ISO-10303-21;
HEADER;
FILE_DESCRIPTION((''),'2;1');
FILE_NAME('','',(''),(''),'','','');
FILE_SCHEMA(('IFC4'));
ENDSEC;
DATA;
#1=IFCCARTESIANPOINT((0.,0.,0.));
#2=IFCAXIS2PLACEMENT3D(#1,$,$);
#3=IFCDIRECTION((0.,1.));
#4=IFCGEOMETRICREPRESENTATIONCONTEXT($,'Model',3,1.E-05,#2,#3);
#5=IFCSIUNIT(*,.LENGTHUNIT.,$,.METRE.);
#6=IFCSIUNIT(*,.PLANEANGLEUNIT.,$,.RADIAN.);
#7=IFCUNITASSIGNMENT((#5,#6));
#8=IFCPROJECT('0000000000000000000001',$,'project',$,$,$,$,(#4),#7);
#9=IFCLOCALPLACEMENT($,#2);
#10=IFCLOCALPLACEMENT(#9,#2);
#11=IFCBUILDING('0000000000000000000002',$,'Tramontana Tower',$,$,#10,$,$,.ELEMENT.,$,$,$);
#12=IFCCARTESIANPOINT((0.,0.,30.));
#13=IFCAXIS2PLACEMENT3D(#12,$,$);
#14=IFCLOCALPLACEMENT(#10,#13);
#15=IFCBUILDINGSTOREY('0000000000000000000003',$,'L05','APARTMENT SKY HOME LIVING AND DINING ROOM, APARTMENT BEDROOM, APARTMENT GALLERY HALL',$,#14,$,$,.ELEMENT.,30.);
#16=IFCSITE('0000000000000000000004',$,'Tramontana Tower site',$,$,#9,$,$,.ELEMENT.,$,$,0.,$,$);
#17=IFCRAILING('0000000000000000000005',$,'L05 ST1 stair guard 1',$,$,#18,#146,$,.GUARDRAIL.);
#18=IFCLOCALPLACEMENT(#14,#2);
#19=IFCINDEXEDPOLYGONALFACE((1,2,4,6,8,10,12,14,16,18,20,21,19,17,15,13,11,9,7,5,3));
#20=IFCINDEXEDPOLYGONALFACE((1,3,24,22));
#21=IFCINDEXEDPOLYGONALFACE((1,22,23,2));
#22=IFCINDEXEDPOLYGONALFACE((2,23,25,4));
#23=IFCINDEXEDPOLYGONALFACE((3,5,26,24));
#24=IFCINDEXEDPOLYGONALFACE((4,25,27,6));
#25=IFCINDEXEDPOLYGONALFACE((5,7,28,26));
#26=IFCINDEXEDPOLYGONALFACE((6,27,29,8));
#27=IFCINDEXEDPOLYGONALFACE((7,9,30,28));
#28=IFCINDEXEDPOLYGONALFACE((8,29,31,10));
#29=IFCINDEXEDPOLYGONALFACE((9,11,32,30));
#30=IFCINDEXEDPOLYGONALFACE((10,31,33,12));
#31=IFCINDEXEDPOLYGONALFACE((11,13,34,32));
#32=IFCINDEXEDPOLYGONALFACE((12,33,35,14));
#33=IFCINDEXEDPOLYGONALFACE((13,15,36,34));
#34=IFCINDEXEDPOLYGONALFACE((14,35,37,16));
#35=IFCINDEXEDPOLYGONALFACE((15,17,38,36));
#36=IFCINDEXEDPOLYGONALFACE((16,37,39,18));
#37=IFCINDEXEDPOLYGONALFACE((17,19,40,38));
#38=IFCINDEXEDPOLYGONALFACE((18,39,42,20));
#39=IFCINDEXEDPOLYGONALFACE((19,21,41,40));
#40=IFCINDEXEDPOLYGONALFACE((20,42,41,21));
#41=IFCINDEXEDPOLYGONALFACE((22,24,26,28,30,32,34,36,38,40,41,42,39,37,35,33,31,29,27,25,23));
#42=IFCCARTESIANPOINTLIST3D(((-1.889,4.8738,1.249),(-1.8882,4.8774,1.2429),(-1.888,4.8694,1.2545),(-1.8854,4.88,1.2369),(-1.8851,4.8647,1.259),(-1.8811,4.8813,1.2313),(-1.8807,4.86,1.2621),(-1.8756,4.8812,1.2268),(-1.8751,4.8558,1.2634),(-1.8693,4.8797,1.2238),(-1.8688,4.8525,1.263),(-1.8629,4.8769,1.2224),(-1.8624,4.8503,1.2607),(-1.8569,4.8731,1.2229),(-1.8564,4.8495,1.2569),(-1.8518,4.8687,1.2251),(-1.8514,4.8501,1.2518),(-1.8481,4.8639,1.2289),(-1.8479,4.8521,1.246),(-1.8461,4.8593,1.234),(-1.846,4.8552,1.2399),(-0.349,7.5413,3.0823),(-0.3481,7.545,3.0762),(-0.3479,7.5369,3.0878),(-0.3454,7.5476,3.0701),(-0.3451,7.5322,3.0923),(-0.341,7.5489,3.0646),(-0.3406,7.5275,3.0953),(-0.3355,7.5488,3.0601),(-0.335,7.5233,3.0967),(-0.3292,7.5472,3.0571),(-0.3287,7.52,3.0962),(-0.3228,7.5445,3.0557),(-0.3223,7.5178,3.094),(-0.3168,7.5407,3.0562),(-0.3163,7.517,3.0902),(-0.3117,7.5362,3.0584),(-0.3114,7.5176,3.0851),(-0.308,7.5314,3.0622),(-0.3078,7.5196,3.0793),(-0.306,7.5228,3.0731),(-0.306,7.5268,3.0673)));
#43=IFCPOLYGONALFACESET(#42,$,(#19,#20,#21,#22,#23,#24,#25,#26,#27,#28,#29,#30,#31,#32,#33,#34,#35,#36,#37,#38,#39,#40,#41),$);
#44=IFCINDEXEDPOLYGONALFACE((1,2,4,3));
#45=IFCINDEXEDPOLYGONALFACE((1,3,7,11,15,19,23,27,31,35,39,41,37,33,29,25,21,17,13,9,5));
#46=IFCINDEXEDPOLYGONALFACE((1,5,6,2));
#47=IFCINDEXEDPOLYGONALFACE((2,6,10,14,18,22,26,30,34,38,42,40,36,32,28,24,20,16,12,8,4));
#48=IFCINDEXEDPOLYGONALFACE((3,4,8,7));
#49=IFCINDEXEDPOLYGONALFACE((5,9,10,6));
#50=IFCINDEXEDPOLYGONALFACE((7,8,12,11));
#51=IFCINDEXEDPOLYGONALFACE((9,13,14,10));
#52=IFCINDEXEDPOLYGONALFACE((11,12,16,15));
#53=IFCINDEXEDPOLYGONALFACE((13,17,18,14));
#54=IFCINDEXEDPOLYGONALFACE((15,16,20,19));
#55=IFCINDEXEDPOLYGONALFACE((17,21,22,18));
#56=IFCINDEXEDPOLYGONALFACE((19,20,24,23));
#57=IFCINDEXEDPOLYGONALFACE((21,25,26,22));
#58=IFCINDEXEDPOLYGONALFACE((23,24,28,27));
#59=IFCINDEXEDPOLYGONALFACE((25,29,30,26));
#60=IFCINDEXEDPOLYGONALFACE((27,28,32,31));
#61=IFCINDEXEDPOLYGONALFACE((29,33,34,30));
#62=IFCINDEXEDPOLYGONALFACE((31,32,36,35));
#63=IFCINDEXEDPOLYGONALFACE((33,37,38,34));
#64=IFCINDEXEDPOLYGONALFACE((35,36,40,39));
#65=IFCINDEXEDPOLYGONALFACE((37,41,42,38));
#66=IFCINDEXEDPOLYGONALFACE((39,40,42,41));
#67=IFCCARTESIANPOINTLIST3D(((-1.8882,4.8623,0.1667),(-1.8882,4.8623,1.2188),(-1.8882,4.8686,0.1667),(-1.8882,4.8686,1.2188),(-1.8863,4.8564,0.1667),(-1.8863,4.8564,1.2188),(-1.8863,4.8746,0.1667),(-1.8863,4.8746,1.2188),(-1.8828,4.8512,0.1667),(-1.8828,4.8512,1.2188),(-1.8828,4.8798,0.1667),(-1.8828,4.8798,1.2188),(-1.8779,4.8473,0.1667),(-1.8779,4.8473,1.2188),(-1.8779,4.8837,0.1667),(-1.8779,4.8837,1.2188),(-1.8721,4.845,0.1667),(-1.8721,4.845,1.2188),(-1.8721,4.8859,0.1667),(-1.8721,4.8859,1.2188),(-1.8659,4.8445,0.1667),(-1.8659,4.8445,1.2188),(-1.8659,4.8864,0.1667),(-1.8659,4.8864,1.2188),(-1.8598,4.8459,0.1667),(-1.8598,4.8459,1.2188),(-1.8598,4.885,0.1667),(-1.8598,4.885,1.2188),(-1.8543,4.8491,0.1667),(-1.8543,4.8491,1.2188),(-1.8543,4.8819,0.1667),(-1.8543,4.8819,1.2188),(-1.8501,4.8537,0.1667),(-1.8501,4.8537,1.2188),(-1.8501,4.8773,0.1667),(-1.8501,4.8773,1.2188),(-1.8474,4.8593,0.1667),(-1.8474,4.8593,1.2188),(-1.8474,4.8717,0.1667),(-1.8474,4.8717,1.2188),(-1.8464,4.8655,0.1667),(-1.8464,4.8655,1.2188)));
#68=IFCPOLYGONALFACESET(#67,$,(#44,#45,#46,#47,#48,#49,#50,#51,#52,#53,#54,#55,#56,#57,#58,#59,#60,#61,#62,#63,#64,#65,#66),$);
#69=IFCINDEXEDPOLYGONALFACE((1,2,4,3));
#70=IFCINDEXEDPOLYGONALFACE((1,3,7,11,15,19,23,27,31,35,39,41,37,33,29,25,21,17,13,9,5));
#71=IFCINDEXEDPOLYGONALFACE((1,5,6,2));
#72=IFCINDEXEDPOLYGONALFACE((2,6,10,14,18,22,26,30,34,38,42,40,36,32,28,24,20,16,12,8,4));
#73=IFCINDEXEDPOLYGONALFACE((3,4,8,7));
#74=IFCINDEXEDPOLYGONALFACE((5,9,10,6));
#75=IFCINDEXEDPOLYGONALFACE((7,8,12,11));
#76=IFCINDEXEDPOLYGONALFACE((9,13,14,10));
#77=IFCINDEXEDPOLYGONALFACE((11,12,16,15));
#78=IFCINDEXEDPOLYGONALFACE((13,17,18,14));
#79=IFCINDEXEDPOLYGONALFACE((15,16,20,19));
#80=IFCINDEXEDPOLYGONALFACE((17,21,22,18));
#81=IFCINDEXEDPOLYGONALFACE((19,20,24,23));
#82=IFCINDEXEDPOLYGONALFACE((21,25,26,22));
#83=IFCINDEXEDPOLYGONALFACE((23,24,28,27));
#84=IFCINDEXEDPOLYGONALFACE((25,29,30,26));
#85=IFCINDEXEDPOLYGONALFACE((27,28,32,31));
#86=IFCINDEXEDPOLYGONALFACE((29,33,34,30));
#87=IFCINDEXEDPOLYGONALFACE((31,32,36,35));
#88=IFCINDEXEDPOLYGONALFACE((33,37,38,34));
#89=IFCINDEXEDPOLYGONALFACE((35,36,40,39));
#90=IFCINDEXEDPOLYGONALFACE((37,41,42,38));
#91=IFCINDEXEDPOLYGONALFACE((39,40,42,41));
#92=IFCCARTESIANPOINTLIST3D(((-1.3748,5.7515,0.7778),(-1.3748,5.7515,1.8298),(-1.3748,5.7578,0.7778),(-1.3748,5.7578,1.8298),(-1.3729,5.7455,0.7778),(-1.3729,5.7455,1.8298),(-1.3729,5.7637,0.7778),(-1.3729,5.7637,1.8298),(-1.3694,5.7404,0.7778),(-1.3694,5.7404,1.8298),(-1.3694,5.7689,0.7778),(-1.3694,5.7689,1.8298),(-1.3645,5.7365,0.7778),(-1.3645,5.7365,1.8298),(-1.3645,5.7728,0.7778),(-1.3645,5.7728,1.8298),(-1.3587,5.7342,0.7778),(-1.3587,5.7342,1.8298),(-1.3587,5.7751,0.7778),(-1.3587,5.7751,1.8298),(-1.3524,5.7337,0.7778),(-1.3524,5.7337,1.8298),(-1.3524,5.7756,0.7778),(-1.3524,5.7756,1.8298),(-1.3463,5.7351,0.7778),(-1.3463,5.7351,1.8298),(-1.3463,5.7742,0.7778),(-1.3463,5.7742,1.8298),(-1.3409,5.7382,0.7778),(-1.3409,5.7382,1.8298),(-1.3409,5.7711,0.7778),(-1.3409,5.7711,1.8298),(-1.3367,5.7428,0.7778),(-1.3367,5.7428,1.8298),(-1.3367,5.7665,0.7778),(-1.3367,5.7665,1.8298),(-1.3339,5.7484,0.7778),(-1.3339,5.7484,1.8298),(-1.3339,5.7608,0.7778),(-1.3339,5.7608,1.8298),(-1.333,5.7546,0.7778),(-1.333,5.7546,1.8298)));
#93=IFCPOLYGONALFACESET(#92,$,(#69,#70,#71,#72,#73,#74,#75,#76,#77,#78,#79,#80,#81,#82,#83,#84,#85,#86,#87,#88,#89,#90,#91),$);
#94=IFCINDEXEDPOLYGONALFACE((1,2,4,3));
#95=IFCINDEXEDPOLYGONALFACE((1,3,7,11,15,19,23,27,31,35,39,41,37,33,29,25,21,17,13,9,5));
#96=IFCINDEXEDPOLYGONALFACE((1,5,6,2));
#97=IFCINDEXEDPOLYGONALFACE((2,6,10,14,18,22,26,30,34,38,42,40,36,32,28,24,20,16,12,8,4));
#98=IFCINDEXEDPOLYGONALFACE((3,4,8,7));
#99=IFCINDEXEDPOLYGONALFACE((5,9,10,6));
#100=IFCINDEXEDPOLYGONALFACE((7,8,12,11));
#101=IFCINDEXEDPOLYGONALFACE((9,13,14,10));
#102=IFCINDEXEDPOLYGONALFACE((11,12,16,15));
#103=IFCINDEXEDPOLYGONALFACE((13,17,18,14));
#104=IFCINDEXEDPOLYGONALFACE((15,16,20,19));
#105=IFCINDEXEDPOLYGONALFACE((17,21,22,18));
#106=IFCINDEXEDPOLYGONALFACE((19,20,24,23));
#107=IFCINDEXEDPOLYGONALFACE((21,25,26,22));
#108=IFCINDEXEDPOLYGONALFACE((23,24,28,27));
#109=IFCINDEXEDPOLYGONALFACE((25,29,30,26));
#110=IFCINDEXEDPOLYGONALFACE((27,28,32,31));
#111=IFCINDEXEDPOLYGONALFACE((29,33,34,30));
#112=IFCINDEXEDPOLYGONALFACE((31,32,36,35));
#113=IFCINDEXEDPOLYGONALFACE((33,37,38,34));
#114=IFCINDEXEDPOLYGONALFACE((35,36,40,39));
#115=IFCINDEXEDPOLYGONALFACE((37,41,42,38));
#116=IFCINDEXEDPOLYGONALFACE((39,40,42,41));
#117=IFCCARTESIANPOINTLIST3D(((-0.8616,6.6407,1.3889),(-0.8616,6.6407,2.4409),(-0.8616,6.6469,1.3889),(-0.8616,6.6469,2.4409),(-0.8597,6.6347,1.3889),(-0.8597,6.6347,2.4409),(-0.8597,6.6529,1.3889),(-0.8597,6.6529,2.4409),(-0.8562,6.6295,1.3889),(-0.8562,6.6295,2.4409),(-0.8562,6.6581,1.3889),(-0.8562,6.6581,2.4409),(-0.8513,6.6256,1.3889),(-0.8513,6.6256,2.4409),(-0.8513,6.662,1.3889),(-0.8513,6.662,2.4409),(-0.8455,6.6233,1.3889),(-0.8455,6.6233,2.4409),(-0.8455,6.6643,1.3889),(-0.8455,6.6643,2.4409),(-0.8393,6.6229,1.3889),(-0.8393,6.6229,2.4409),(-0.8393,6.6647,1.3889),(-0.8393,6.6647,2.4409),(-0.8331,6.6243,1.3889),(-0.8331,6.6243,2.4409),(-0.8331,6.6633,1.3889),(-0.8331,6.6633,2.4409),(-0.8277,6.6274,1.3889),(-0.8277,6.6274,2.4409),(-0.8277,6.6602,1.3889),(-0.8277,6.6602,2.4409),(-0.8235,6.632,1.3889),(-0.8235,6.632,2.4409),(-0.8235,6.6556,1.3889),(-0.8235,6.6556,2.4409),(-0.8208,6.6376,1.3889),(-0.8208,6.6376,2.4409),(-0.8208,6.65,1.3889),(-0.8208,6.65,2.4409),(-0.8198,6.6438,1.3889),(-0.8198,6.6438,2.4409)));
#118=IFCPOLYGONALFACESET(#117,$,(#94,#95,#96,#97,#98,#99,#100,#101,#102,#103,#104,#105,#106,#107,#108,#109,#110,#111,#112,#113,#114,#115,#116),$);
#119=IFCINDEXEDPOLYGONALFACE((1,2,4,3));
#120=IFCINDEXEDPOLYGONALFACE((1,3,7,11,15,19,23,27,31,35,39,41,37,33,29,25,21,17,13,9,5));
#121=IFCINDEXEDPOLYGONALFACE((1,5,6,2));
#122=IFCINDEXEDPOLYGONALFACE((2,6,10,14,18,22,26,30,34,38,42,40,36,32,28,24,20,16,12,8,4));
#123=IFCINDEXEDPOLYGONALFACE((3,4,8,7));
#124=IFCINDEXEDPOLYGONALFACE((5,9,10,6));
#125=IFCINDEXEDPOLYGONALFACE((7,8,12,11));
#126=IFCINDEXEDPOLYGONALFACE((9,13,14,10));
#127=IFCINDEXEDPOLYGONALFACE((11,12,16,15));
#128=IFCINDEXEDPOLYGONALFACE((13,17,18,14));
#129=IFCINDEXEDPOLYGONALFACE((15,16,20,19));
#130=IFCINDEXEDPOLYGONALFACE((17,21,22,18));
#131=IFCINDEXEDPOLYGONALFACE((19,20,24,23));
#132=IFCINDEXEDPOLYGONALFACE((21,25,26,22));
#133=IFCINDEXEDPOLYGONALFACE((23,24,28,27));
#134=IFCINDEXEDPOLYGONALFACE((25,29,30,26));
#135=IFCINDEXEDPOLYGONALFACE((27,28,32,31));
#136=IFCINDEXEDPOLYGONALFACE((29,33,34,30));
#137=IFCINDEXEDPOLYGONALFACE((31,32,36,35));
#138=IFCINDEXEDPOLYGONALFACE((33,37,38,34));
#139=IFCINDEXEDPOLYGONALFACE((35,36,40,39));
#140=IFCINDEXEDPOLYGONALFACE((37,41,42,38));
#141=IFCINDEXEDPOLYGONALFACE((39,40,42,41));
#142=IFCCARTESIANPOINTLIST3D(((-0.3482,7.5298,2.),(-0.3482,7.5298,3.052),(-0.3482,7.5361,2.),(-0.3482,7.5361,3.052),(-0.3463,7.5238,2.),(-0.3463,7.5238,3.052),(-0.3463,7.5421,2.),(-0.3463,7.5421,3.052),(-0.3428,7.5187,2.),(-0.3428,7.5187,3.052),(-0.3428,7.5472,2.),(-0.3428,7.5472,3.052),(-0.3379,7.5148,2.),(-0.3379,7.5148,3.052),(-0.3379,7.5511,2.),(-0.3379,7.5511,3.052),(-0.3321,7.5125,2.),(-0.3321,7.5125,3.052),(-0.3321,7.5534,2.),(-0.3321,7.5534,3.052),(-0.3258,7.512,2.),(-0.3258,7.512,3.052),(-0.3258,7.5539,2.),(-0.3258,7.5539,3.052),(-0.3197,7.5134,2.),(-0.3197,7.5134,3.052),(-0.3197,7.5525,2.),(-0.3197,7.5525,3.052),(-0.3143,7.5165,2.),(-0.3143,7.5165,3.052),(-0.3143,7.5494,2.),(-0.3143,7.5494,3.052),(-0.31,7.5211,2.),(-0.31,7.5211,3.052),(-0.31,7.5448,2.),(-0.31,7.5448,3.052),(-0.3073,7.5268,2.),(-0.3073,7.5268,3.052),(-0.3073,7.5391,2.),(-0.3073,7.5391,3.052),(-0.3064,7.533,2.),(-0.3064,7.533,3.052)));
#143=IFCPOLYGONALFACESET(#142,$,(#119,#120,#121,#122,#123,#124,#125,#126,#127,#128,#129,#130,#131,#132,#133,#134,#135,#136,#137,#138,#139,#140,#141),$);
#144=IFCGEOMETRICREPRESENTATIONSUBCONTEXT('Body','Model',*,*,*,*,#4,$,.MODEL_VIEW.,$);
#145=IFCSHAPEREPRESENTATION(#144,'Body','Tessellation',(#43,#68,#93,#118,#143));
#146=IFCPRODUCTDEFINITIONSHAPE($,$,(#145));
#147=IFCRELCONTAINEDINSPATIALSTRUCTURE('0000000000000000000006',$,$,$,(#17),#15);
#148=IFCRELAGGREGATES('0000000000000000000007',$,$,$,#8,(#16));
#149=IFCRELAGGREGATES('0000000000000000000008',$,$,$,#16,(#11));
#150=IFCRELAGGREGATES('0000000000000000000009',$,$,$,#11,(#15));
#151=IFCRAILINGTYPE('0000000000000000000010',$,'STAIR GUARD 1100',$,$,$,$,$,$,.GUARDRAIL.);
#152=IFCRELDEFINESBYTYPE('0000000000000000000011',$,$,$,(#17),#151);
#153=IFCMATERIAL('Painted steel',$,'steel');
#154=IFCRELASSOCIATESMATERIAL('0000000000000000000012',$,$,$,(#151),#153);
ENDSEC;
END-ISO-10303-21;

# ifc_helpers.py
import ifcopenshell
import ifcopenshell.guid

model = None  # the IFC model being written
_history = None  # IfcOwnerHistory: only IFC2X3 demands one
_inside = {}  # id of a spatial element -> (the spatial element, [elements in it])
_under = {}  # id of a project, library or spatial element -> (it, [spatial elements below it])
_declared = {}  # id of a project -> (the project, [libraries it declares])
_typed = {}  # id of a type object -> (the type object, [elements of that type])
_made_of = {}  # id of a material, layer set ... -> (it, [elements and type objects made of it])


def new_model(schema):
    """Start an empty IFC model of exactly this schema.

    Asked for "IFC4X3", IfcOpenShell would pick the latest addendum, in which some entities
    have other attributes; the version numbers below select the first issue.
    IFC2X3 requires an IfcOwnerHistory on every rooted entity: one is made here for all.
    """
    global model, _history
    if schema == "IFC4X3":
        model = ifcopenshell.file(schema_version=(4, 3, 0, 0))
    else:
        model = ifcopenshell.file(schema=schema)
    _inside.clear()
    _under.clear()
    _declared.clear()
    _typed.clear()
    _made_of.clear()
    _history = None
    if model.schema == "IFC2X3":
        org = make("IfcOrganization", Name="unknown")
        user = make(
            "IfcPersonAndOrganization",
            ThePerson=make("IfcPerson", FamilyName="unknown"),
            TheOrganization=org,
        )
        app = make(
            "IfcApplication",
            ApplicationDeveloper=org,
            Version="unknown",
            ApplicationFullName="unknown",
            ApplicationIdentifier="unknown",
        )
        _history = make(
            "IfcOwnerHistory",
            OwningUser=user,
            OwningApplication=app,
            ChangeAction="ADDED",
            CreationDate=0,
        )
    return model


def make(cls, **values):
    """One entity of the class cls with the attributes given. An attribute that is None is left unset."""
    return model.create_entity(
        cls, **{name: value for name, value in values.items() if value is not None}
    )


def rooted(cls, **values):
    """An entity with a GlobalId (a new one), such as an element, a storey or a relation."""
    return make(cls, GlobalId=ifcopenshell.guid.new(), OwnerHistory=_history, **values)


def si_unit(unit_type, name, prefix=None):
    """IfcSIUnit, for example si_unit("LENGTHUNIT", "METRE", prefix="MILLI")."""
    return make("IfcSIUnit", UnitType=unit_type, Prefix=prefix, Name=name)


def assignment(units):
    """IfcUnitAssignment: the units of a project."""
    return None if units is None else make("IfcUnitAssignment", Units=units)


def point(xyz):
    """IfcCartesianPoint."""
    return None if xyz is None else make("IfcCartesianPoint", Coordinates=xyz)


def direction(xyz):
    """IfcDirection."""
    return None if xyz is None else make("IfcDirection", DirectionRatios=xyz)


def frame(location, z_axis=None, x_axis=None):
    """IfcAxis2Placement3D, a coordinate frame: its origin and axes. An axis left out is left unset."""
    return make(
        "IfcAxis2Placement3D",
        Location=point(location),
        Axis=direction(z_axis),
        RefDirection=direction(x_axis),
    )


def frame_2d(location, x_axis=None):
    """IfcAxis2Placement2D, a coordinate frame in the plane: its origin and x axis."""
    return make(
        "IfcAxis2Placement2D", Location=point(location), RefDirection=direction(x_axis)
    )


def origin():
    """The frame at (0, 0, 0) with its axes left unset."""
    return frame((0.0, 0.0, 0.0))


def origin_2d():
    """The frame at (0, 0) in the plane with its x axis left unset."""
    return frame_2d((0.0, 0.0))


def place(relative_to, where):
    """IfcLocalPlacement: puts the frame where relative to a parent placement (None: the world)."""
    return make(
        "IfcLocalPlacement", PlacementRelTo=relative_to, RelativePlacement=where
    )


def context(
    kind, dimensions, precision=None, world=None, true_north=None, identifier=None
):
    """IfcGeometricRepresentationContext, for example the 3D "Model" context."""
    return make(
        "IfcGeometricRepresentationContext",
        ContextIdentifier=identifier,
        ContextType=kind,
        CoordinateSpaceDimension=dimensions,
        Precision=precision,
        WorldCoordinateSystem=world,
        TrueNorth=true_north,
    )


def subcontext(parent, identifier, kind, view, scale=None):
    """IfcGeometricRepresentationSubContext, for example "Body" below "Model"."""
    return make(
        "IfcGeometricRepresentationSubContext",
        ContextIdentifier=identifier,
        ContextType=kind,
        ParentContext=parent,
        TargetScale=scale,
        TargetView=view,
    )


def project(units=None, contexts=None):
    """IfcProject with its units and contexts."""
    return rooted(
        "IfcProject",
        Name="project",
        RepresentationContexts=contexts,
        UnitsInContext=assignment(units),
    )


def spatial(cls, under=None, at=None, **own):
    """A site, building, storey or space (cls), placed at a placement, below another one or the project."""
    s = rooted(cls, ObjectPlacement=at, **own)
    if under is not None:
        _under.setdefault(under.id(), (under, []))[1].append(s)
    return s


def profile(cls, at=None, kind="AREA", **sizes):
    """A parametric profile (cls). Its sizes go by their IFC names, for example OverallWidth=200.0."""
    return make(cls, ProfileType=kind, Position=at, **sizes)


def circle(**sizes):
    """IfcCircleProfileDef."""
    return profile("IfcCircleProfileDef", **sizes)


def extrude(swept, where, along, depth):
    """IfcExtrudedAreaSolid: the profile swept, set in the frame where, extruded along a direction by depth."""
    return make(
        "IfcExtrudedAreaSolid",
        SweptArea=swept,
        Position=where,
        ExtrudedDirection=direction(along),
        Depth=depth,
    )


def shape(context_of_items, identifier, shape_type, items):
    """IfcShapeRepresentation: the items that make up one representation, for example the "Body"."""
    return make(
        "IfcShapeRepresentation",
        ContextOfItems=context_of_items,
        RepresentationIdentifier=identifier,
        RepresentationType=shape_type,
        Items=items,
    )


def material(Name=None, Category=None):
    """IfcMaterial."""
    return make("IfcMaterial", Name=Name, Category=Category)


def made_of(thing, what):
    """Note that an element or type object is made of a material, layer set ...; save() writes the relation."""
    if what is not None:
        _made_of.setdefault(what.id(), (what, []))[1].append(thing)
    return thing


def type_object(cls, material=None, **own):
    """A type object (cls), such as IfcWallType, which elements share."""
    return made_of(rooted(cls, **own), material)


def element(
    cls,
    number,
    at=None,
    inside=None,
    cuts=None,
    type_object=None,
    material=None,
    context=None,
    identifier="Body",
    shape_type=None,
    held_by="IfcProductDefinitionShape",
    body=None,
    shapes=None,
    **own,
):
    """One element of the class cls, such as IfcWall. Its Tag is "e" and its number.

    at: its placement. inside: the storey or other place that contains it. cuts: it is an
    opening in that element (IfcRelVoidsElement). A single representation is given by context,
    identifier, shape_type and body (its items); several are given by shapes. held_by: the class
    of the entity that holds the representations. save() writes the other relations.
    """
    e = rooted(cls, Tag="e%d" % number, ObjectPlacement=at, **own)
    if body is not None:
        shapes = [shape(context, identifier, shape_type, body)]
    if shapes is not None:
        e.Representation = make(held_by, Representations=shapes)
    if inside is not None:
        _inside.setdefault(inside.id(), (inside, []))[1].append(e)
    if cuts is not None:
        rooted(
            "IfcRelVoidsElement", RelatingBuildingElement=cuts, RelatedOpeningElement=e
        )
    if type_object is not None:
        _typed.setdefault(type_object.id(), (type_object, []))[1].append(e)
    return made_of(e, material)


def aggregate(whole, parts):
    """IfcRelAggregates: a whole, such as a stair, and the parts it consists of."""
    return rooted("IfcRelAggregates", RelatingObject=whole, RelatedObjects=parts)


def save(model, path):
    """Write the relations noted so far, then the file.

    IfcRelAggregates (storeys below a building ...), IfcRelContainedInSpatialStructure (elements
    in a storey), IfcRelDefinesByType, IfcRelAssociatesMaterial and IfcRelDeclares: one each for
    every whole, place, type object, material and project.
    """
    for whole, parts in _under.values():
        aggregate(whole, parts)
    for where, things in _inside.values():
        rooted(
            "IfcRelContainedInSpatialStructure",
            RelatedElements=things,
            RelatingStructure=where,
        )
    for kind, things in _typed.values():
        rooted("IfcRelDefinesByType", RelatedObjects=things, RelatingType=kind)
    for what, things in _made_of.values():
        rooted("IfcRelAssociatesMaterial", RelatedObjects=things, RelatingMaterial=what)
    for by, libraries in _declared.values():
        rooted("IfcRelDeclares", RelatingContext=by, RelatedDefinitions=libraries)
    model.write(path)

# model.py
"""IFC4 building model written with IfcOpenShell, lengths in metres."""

from ifc_helpers import new_model, si_unit, direction, frame, origin, origin_2d, place, context, subcontext, project, spatial, circle, extrude, material, type_object, element, save


model = new_model("IFC4")

# Units and contexts
model_context = context("Model", 3, precision=1e-05, world=origin(), true_north=direction((0.0, 1.0)))
body_context = subcontext(model_context, "Body", "Model", "MODEL_VIEW")
ifc_project = project(units=[si_unit("LENGTHUNIT", "METRE"), si_unit("PLANEANGLEUNIT", "RADIAN")], contexts=[model_context])

# Site, building, storey
site_placement = place(None, origin())
site = spatial("IfcSite", under=ifc_project, at=site_placement, Name="Tramontana Tower site", CompositionType="ELEMENT", RefElevation=0.0)
building_placement = place(site_placement, origin())
building = spatial("IfcBuilding", under=site, at=building_placement, Name="Tramontana Tower", CompositionType="ELEMENT")
storey_placement = place(building_placement, frame((0.0, 0.0, 30.0)))
storey = spatial("IfcBuildingStorey", under=building, at=storey_placement, Name="L05", Description="APARTMENT SKY HOME LIVING AND DINING ROOM, APARTMENT BEDROOM, APARTMENT GALLERY HALL", CompositionType="ELEMENT", Elevation=30.0)

# Railing
ifc_material_1 = material(Name="Painted steel", Category="steel")
railing_type_1 = type_object("IfcRailingType", Name="STAIR GUARD 1100", PredefinedType="GUARDRAIL", material=ifc_material_1)
railing_1_placement = place(storey_placement, frame((-1.8674, 4.8655, 0.1667)))
element("IfcRailing", 1, at=railing_1_placement, inside=storey, type_object=railing_type_1, Name="L05 ST1 stair guard 1", PredefinedType="GUARDRAIL", context=body_context, shape_type="SweptSolid", body=[
    extrude(circle(Radius=0.0239, at=origin_2d()), frame((0.0, 0.0, 1.0762), z_axis=(0.429649, 0.74419, 0.511452), x_axis=(-0.86603, 0.499992, 0.0)), (0.0, 0.0, 1.0), 3.5845),
    extrude(circle(Radius=0.021, at=origin_2d()), origin(), (0.0, 0.0, 1.0), 1.052),
    extrude(circle(Radius=0.021, at=origin_2d()), frame((0.5134, 0.8892, 0.6111)), (0.0, 0.0, 1.0), 1.052),
    extrude(circle(Radius=0.021, at=origin_2d()), frame((1.0266, 1.7783, 1.2222)), (0.0, 0.0, 1.0), 1.052),
    extrude(circle(Radius=0.021, at=origin_2d()), frame((1.54, 2.6675, 1.8333)), (0.0, 0.0, 1.0), 1.052),
])

save(model, "model.ifc")
